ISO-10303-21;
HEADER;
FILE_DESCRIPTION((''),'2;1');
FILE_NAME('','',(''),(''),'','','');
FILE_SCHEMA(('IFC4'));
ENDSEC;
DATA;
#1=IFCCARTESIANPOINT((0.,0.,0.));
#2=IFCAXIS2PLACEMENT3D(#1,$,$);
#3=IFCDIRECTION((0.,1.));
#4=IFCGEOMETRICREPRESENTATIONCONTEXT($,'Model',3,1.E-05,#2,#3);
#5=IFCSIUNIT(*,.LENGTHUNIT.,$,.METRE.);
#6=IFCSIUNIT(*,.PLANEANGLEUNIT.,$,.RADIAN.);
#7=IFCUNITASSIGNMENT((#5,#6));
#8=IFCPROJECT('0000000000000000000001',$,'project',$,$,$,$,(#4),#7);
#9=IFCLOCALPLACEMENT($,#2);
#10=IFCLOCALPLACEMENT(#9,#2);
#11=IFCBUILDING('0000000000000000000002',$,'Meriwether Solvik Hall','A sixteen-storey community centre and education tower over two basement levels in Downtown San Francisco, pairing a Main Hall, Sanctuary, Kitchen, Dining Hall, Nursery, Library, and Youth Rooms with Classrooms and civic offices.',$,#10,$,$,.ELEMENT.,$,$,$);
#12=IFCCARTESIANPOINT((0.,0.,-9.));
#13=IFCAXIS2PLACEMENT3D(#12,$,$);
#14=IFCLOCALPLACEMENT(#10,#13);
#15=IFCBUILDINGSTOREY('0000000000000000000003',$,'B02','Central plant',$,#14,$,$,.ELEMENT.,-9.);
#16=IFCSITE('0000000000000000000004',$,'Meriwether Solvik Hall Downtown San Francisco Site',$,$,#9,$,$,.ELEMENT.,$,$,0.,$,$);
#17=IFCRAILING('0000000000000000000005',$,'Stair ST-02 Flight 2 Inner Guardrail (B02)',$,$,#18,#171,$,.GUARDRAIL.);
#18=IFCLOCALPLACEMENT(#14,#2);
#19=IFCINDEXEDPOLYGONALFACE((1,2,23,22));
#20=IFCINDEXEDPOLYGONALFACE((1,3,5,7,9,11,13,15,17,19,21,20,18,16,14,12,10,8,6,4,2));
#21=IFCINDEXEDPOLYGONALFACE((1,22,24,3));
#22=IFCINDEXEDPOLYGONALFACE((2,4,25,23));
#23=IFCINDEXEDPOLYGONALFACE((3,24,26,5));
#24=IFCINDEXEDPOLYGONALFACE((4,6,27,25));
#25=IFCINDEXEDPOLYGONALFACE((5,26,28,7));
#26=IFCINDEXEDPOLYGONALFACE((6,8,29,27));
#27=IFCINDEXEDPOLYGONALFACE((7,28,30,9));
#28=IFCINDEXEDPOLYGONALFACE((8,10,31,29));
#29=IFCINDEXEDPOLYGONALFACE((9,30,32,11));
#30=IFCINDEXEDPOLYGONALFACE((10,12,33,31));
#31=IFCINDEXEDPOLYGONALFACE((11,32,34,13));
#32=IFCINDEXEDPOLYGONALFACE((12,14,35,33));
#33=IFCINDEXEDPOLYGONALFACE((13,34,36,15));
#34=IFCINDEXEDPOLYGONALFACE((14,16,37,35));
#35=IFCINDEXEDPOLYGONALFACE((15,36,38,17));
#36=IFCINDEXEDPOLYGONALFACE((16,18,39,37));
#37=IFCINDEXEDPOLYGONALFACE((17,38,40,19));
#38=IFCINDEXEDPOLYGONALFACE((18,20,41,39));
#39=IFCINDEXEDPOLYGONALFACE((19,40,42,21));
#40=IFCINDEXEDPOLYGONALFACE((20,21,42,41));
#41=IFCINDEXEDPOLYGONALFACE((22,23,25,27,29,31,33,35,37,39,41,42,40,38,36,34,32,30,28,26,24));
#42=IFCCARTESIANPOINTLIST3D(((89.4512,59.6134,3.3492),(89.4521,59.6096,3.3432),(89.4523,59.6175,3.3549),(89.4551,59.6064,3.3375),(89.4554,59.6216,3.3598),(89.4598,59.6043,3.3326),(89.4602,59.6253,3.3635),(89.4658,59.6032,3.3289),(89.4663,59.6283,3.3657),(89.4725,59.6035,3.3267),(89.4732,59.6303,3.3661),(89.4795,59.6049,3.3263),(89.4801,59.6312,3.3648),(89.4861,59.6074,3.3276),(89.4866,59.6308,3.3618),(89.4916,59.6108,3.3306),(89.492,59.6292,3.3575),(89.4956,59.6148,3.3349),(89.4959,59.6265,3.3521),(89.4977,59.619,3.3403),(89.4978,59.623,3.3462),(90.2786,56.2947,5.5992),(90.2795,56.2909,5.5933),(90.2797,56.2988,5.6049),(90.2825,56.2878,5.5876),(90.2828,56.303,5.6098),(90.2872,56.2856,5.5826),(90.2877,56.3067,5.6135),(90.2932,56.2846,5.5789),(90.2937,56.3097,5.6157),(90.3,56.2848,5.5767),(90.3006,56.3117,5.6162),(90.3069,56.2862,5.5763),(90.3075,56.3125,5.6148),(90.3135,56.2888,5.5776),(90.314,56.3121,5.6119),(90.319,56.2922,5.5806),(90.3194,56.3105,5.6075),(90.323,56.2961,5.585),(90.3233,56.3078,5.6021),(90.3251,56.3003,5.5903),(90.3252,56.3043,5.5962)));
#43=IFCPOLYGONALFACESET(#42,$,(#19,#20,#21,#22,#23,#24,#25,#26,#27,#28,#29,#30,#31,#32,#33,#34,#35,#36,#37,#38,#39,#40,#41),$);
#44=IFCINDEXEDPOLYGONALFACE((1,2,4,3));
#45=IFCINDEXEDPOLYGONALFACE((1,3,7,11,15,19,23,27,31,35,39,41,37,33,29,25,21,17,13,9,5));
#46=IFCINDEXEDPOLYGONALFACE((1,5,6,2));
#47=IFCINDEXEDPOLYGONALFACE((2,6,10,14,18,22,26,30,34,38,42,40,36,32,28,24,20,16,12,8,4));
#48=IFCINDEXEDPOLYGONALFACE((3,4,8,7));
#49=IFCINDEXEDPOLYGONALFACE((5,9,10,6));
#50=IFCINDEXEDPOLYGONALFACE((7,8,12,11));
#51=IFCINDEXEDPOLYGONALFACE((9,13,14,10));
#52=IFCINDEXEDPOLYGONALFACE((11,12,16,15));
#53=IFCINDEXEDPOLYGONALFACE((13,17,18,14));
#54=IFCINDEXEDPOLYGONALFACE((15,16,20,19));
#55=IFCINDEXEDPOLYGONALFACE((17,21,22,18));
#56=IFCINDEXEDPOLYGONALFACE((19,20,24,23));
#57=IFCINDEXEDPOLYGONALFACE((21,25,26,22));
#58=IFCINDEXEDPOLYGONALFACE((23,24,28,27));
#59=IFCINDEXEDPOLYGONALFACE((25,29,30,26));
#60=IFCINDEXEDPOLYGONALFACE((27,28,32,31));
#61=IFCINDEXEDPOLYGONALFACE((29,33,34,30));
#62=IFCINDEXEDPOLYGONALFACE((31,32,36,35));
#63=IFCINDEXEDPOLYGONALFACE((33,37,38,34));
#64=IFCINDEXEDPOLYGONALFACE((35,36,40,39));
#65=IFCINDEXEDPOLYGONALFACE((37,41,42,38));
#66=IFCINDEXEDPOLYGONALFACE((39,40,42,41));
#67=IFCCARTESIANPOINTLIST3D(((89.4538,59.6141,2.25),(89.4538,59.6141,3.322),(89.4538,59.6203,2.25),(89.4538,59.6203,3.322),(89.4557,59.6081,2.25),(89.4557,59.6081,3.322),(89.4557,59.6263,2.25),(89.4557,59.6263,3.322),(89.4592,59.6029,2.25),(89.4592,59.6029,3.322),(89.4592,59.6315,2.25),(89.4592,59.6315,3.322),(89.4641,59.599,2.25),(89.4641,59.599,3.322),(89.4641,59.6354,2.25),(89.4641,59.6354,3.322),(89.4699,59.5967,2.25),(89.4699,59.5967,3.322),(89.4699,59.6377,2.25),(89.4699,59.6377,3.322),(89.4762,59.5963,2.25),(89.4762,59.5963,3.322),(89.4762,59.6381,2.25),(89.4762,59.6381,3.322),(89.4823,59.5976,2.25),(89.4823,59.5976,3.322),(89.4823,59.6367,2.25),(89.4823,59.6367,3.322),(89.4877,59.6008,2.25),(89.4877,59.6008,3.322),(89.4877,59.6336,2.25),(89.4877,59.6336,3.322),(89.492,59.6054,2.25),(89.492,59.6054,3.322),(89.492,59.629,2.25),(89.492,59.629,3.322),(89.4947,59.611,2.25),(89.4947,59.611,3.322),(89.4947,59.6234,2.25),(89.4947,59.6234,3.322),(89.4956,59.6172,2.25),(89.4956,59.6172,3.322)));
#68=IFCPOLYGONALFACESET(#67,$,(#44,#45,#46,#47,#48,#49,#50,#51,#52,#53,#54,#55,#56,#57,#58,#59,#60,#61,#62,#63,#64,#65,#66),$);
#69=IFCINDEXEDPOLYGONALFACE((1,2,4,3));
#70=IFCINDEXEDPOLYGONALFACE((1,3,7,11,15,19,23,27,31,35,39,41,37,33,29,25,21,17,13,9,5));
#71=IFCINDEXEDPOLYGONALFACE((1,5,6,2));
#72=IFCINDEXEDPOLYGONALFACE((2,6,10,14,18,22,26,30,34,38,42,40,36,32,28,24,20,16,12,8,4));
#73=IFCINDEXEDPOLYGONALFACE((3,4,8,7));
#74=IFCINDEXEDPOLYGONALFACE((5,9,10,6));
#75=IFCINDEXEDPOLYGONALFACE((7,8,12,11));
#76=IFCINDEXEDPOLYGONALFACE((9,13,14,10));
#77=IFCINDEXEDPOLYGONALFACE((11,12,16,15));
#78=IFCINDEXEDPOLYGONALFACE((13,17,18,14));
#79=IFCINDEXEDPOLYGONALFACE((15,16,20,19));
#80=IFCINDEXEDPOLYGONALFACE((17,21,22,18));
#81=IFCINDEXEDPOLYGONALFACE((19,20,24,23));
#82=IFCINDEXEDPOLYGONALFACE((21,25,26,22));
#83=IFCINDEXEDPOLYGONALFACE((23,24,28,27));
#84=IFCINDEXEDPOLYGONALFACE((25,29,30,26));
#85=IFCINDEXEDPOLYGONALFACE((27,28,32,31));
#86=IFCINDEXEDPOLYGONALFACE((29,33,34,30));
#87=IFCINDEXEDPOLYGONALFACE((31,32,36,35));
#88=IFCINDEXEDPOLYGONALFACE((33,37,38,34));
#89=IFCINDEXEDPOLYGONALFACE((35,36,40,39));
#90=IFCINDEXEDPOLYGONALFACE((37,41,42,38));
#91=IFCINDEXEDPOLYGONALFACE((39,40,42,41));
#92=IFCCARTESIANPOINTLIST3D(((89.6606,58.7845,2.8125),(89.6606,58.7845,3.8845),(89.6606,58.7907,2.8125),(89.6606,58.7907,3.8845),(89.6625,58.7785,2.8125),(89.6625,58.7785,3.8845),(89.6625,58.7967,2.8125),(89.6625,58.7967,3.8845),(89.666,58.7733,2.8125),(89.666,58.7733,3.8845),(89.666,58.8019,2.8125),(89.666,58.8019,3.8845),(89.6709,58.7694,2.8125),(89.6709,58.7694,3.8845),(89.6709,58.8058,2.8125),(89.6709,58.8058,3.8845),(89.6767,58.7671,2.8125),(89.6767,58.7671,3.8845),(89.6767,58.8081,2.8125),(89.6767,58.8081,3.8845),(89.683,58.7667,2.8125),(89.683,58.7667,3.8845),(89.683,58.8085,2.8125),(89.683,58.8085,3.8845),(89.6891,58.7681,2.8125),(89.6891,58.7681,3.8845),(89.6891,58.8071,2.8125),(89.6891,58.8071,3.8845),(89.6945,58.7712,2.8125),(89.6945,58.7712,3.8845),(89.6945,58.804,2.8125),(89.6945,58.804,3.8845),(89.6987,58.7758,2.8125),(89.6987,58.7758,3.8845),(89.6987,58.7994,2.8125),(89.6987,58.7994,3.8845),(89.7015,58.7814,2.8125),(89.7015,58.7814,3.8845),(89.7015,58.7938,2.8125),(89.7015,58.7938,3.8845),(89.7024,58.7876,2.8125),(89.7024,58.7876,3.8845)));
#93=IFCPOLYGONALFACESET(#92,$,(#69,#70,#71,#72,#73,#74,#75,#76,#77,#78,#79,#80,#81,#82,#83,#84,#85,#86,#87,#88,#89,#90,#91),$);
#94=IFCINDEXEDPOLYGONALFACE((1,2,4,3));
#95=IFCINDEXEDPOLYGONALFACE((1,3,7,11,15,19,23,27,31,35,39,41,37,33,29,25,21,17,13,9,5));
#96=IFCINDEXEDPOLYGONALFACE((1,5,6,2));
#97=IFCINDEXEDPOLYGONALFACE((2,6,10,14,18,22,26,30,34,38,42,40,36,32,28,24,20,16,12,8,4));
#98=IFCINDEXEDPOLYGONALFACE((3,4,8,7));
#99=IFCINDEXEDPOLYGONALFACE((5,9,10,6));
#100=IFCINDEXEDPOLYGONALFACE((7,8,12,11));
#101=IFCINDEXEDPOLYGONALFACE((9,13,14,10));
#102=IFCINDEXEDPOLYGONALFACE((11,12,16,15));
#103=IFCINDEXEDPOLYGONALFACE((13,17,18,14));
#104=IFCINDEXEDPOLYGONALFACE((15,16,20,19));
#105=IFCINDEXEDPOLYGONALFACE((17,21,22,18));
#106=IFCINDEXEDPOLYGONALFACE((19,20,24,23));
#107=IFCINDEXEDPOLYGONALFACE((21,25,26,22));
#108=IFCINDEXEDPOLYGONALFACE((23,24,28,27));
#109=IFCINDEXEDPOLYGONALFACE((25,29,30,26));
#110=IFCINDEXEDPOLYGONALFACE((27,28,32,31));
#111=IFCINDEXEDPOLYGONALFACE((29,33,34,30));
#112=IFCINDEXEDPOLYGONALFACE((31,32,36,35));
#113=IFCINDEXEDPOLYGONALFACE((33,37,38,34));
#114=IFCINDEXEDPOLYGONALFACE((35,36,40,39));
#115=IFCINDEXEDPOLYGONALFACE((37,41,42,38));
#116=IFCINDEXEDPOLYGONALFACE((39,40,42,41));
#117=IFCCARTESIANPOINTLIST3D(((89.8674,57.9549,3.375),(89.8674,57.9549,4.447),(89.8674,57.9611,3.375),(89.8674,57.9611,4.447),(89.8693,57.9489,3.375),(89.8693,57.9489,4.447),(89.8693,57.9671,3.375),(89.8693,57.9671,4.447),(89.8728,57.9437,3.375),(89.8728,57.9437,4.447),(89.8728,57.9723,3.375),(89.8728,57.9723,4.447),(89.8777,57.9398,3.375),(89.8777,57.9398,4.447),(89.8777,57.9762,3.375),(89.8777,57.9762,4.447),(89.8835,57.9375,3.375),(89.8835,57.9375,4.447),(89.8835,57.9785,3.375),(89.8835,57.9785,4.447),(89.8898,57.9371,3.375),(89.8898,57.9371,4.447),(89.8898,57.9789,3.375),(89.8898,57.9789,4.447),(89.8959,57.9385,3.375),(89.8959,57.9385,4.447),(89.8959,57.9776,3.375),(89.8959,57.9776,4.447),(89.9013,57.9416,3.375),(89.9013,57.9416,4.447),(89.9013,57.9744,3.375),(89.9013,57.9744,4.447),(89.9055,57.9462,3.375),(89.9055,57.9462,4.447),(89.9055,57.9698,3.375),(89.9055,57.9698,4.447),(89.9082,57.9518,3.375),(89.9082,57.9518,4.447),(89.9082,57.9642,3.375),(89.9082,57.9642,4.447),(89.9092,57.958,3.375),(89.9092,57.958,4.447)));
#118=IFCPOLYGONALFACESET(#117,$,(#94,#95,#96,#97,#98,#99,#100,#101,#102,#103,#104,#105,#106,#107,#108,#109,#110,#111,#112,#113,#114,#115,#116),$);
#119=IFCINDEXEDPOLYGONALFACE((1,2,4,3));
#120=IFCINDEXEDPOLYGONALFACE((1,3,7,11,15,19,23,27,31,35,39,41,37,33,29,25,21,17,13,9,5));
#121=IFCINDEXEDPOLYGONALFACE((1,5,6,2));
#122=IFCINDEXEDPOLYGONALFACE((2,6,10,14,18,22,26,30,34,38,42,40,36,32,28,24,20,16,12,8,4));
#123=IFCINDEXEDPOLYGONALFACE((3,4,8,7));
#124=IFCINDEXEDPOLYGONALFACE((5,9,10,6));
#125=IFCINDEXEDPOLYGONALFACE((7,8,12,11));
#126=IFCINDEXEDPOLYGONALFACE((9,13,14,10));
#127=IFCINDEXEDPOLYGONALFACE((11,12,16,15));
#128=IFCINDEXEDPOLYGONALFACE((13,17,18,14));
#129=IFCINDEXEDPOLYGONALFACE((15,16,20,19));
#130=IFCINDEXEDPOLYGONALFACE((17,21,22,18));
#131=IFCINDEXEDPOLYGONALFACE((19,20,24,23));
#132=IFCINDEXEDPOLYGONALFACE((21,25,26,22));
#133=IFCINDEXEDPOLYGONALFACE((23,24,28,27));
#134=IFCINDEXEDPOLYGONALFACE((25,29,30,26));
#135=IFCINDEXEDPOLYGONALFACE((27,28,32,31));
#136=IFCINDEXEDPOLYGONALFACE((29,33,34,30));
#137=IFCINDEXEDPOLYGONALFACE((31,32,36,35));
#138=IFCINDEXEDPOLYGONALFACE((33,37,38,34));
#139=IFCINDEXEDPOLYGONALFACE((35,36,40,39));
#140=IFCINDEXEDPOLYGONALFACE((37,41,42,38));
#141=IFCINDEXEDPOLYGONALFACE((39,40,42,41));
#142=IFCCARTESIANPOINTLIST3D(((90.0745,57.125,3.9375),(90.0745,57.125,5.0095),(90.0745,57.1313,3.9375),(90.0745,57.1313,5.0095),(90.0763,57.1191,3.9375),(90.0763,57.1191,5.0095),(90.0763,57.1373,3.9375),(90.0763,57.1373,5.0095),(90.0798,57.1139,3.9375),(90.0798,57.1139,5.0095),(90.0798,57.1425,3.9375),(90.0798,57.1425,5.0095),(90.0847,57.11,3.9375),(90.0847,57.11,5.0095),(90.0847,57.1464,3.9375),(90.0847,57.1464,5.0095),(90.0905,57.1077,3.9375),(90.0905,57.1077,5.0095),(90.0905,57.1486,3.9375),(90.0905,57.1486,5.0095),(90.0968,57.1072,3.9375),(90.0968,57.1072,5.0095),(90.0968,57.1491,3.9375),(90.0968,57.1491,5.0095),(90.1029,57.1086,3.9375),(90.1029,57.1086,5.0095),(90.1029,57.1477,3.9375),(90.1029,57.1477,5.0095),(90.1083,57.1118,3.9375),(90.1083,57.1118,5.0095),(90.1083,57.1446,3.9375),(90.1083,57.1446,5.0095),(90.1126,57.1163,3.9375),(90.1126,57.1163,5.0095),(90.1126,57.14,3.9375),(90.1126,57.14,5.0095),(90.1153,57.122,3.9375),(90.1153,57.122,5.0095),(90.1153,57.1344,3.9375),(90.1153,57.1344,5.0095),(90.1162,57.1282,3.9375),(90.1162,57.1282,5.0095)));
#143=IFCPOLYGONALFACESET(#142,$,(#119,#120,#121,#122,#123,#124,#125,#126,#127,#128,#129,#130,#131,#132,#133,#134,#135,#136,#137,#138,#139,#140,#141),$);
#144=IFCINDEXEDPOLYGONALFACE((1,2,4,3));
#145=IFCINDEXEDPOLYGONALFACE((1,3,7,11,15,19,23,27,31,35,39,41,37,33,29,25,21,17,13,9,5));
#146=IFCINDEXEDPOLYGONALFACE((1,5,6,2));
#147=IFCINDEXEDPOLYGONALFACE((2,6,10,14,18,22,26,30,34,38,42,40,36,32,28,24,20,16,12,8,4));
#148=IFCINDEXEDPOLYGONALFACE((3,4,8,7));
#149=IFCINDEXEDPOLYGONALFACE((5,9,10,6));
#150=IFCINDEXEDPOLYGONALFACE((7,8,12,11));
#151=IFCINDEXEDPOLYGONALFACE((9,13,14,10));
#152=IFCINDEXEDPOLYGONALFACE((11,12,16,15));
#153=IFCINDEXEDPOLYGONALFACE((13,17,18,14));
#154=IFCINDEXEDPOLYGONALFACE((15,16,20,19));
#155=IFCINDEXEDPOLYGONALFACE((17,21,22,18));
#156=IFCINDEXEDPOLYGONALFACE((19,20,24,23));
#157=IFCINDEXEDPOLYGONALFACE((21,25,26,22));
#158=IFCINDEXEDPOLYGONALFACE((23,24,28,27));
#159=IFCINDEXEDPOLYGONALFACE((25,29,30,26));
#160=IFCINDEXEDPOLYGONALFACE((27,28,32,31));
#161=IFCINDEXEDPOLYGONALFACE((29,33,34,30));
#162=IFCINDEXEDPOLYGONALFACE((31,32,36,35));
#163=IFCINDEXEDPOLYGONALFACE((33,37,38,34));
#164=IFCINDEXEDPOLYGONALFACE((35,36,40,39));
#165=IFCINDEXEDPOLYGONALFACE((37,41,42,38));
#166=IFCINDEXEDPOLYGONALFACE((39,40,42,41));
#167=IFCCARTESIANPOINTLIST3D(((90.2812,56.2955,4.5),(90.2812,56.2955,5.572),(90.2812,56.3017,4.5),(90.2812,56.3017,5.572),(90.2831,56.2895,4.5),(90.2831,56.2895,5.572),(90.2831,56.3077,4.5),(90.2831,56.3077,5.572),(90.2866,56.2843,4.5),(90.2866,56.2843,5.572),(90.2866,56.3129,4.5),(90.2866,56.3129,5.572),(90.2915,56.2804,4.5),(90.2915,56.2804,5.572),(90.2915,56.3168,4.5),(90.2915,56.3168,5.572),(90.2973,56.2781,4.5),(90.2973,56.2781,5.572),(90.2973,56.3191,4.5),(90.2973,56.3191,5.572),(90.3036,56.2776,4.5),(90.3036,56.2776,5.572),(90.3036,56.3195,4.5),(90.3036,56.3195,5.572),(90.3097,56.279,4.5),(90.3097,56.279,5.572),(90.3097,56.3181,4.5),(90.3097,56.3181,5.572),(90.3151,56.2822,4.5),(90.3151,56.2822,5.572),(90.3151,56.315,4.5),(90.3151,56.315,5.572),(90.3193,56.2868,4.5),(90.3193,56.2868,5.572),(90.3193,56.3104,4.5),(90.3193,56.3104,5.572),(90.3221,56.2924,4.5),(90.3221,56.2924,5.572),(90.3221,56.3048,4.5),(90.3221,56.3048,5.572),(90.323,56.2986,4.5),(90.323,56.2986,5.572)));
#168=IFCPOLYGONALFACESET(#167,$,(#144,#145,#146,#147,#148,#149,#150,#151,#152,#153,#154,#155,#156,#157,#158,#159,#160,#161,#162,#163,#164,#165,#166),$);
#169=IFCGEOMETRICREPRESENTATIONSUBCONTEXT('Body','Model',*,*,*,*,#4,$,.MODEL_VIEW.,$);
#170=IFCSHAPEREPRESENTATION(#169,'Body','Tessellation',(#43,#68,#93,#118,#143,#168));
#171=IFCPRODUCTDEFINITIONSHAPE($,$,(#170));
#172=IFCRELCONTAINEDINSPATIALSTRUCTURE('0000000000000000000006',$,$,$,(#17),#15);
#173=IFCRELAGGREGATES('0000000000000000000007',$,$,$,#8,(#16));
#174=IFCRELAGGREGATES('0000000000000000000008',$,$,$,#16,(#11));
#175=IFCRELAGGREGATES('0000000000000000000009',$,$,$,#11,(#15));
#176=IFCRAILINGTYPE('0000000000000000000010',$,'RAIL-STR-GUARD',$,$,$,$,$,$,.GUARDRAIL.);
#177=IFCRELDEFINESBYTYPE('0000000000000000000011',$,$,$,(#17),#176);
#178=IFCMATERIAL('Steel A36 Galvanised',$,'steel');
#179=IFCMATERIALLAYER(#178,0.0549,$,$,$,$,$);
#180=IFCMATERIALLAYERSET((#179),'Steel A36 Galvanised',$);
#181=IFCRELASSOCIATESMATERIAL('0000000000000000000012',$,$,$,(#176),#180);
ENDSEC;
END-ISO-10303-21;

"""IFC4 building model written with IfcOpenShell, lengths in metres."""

from ifc_helpers import new_model, si_unit, direction, frame, origin, origin_2d, place, context, subcontext, project, spatial, circle, extrude, material, layer, layer_set, type_object, element, save


model = new_model("IFC4")

# Units and contexts
model_context = context("Model", 3, precision=1e-05, world=origin(), true_north=direction((0.0, 1.0)))
body_context = subcontext(model_context, "Body", "Model", "MODEL_VIEW")
ifc_project = project(units=[si_unit("LENGTHUNIT", "METRE"), si_unit("PLANEANGLEUNIT", "RADIAN")], contexts=[model_context])

# Site, building, storey
site_placement = place(None, origin())
site = spatial("IfcSite", under=ifc_project, at=site_placement, Name="Meriwether Solvik Hall Downtown San Francisco Site", CompositionType="ELEMENT", RefElevation=0.0)
building_placement = place(site_placement, origin())
building = spatial("IfcBuilding", under=site, at=building_placement, Name="Meriwether Solvik Hall", Description="A sixteen-storey community centre and education tower over two basement levels in Downtown San Francisco, pairing a Main Hall, Sanctuary, Kitchen, Dining Hall, Nursery, Library, and Youth Rooms with Classrooms and civic offices.", CompositionType="ELEMENT")
storey_placement = place(building_placement, frame((0.0, 0.0, -9.0)))
storey = spatial("IfcBuildingStorey", under=building, at=storey_placement, Name="B02", Description="Central plant", CompositionType="ELEMENT", Elevation=-9.0)

# Railing
ifc_material_1 = material(Name="Steel A36 Galvanised", Category="steel")
ifc_layer_1 = layer(ifc_material_1, 0.0549)
ifc_layer_set_1 = layer_set([ifc_layer_1], Name="Steel A36 Galvanised")
railing_type_1 = type_object("IfcRailingType", Name="RAIL-STR-GUARD", PredefinedType="GUARDRAIL", material=ifc_layer_set_1)
railing_1_placement = place(storey_placement, frame((89.4746, 59.6172, 2.25)))
element("IfcRailing", 1, at=railing_1_placement, inside=storey, type_object=railing_type_1, Name="Stair ST-02 Flight 2 Inner Guardrail (B02)", PredefinedType="GUARDRAIL", context=body_context, shape_type="SweptSolid", body=[
    extrude(circle(Radius=0.0239, at=origin_2d()), frame((0.0, 0.0, 1.0962), z_axis=(0.202103, -0.810617, 0.549595), x_axis=(0.970298, 0.241914, 0.0)), (0.0, 0.0, 1.0), 4.094),
    extrude(circle(Radius=0.021, at=origin_2d()), origin(), (0.0, 0.0, 1.0), 1.072),
    extrude(circle(Radius=0.021, at=origin_2d()), frame((0.2068, -0.8296, 0.5625)), (0.0, 0.0, 1.0), 1.072),
    extrude(circle(Radius=0.021, at=origin_2d()), frame((0.4136, -1.6592, 1.125)), (0.0, 0.0, 1.0), 1.072),
    extrude(circle(Radius=0.021, at=origin_2d()), frame((0.6206, -2.489, 1.6875)), (0.0, 0.0, 1.0), 1.072),
    extrude(circle(Radius=0.021, at=origin_2d()), frame((0.8274, -3.3186, 2.25)), (0.0, 0.0, 1.0), 1.072),
])

save(model, "model.ifc")
